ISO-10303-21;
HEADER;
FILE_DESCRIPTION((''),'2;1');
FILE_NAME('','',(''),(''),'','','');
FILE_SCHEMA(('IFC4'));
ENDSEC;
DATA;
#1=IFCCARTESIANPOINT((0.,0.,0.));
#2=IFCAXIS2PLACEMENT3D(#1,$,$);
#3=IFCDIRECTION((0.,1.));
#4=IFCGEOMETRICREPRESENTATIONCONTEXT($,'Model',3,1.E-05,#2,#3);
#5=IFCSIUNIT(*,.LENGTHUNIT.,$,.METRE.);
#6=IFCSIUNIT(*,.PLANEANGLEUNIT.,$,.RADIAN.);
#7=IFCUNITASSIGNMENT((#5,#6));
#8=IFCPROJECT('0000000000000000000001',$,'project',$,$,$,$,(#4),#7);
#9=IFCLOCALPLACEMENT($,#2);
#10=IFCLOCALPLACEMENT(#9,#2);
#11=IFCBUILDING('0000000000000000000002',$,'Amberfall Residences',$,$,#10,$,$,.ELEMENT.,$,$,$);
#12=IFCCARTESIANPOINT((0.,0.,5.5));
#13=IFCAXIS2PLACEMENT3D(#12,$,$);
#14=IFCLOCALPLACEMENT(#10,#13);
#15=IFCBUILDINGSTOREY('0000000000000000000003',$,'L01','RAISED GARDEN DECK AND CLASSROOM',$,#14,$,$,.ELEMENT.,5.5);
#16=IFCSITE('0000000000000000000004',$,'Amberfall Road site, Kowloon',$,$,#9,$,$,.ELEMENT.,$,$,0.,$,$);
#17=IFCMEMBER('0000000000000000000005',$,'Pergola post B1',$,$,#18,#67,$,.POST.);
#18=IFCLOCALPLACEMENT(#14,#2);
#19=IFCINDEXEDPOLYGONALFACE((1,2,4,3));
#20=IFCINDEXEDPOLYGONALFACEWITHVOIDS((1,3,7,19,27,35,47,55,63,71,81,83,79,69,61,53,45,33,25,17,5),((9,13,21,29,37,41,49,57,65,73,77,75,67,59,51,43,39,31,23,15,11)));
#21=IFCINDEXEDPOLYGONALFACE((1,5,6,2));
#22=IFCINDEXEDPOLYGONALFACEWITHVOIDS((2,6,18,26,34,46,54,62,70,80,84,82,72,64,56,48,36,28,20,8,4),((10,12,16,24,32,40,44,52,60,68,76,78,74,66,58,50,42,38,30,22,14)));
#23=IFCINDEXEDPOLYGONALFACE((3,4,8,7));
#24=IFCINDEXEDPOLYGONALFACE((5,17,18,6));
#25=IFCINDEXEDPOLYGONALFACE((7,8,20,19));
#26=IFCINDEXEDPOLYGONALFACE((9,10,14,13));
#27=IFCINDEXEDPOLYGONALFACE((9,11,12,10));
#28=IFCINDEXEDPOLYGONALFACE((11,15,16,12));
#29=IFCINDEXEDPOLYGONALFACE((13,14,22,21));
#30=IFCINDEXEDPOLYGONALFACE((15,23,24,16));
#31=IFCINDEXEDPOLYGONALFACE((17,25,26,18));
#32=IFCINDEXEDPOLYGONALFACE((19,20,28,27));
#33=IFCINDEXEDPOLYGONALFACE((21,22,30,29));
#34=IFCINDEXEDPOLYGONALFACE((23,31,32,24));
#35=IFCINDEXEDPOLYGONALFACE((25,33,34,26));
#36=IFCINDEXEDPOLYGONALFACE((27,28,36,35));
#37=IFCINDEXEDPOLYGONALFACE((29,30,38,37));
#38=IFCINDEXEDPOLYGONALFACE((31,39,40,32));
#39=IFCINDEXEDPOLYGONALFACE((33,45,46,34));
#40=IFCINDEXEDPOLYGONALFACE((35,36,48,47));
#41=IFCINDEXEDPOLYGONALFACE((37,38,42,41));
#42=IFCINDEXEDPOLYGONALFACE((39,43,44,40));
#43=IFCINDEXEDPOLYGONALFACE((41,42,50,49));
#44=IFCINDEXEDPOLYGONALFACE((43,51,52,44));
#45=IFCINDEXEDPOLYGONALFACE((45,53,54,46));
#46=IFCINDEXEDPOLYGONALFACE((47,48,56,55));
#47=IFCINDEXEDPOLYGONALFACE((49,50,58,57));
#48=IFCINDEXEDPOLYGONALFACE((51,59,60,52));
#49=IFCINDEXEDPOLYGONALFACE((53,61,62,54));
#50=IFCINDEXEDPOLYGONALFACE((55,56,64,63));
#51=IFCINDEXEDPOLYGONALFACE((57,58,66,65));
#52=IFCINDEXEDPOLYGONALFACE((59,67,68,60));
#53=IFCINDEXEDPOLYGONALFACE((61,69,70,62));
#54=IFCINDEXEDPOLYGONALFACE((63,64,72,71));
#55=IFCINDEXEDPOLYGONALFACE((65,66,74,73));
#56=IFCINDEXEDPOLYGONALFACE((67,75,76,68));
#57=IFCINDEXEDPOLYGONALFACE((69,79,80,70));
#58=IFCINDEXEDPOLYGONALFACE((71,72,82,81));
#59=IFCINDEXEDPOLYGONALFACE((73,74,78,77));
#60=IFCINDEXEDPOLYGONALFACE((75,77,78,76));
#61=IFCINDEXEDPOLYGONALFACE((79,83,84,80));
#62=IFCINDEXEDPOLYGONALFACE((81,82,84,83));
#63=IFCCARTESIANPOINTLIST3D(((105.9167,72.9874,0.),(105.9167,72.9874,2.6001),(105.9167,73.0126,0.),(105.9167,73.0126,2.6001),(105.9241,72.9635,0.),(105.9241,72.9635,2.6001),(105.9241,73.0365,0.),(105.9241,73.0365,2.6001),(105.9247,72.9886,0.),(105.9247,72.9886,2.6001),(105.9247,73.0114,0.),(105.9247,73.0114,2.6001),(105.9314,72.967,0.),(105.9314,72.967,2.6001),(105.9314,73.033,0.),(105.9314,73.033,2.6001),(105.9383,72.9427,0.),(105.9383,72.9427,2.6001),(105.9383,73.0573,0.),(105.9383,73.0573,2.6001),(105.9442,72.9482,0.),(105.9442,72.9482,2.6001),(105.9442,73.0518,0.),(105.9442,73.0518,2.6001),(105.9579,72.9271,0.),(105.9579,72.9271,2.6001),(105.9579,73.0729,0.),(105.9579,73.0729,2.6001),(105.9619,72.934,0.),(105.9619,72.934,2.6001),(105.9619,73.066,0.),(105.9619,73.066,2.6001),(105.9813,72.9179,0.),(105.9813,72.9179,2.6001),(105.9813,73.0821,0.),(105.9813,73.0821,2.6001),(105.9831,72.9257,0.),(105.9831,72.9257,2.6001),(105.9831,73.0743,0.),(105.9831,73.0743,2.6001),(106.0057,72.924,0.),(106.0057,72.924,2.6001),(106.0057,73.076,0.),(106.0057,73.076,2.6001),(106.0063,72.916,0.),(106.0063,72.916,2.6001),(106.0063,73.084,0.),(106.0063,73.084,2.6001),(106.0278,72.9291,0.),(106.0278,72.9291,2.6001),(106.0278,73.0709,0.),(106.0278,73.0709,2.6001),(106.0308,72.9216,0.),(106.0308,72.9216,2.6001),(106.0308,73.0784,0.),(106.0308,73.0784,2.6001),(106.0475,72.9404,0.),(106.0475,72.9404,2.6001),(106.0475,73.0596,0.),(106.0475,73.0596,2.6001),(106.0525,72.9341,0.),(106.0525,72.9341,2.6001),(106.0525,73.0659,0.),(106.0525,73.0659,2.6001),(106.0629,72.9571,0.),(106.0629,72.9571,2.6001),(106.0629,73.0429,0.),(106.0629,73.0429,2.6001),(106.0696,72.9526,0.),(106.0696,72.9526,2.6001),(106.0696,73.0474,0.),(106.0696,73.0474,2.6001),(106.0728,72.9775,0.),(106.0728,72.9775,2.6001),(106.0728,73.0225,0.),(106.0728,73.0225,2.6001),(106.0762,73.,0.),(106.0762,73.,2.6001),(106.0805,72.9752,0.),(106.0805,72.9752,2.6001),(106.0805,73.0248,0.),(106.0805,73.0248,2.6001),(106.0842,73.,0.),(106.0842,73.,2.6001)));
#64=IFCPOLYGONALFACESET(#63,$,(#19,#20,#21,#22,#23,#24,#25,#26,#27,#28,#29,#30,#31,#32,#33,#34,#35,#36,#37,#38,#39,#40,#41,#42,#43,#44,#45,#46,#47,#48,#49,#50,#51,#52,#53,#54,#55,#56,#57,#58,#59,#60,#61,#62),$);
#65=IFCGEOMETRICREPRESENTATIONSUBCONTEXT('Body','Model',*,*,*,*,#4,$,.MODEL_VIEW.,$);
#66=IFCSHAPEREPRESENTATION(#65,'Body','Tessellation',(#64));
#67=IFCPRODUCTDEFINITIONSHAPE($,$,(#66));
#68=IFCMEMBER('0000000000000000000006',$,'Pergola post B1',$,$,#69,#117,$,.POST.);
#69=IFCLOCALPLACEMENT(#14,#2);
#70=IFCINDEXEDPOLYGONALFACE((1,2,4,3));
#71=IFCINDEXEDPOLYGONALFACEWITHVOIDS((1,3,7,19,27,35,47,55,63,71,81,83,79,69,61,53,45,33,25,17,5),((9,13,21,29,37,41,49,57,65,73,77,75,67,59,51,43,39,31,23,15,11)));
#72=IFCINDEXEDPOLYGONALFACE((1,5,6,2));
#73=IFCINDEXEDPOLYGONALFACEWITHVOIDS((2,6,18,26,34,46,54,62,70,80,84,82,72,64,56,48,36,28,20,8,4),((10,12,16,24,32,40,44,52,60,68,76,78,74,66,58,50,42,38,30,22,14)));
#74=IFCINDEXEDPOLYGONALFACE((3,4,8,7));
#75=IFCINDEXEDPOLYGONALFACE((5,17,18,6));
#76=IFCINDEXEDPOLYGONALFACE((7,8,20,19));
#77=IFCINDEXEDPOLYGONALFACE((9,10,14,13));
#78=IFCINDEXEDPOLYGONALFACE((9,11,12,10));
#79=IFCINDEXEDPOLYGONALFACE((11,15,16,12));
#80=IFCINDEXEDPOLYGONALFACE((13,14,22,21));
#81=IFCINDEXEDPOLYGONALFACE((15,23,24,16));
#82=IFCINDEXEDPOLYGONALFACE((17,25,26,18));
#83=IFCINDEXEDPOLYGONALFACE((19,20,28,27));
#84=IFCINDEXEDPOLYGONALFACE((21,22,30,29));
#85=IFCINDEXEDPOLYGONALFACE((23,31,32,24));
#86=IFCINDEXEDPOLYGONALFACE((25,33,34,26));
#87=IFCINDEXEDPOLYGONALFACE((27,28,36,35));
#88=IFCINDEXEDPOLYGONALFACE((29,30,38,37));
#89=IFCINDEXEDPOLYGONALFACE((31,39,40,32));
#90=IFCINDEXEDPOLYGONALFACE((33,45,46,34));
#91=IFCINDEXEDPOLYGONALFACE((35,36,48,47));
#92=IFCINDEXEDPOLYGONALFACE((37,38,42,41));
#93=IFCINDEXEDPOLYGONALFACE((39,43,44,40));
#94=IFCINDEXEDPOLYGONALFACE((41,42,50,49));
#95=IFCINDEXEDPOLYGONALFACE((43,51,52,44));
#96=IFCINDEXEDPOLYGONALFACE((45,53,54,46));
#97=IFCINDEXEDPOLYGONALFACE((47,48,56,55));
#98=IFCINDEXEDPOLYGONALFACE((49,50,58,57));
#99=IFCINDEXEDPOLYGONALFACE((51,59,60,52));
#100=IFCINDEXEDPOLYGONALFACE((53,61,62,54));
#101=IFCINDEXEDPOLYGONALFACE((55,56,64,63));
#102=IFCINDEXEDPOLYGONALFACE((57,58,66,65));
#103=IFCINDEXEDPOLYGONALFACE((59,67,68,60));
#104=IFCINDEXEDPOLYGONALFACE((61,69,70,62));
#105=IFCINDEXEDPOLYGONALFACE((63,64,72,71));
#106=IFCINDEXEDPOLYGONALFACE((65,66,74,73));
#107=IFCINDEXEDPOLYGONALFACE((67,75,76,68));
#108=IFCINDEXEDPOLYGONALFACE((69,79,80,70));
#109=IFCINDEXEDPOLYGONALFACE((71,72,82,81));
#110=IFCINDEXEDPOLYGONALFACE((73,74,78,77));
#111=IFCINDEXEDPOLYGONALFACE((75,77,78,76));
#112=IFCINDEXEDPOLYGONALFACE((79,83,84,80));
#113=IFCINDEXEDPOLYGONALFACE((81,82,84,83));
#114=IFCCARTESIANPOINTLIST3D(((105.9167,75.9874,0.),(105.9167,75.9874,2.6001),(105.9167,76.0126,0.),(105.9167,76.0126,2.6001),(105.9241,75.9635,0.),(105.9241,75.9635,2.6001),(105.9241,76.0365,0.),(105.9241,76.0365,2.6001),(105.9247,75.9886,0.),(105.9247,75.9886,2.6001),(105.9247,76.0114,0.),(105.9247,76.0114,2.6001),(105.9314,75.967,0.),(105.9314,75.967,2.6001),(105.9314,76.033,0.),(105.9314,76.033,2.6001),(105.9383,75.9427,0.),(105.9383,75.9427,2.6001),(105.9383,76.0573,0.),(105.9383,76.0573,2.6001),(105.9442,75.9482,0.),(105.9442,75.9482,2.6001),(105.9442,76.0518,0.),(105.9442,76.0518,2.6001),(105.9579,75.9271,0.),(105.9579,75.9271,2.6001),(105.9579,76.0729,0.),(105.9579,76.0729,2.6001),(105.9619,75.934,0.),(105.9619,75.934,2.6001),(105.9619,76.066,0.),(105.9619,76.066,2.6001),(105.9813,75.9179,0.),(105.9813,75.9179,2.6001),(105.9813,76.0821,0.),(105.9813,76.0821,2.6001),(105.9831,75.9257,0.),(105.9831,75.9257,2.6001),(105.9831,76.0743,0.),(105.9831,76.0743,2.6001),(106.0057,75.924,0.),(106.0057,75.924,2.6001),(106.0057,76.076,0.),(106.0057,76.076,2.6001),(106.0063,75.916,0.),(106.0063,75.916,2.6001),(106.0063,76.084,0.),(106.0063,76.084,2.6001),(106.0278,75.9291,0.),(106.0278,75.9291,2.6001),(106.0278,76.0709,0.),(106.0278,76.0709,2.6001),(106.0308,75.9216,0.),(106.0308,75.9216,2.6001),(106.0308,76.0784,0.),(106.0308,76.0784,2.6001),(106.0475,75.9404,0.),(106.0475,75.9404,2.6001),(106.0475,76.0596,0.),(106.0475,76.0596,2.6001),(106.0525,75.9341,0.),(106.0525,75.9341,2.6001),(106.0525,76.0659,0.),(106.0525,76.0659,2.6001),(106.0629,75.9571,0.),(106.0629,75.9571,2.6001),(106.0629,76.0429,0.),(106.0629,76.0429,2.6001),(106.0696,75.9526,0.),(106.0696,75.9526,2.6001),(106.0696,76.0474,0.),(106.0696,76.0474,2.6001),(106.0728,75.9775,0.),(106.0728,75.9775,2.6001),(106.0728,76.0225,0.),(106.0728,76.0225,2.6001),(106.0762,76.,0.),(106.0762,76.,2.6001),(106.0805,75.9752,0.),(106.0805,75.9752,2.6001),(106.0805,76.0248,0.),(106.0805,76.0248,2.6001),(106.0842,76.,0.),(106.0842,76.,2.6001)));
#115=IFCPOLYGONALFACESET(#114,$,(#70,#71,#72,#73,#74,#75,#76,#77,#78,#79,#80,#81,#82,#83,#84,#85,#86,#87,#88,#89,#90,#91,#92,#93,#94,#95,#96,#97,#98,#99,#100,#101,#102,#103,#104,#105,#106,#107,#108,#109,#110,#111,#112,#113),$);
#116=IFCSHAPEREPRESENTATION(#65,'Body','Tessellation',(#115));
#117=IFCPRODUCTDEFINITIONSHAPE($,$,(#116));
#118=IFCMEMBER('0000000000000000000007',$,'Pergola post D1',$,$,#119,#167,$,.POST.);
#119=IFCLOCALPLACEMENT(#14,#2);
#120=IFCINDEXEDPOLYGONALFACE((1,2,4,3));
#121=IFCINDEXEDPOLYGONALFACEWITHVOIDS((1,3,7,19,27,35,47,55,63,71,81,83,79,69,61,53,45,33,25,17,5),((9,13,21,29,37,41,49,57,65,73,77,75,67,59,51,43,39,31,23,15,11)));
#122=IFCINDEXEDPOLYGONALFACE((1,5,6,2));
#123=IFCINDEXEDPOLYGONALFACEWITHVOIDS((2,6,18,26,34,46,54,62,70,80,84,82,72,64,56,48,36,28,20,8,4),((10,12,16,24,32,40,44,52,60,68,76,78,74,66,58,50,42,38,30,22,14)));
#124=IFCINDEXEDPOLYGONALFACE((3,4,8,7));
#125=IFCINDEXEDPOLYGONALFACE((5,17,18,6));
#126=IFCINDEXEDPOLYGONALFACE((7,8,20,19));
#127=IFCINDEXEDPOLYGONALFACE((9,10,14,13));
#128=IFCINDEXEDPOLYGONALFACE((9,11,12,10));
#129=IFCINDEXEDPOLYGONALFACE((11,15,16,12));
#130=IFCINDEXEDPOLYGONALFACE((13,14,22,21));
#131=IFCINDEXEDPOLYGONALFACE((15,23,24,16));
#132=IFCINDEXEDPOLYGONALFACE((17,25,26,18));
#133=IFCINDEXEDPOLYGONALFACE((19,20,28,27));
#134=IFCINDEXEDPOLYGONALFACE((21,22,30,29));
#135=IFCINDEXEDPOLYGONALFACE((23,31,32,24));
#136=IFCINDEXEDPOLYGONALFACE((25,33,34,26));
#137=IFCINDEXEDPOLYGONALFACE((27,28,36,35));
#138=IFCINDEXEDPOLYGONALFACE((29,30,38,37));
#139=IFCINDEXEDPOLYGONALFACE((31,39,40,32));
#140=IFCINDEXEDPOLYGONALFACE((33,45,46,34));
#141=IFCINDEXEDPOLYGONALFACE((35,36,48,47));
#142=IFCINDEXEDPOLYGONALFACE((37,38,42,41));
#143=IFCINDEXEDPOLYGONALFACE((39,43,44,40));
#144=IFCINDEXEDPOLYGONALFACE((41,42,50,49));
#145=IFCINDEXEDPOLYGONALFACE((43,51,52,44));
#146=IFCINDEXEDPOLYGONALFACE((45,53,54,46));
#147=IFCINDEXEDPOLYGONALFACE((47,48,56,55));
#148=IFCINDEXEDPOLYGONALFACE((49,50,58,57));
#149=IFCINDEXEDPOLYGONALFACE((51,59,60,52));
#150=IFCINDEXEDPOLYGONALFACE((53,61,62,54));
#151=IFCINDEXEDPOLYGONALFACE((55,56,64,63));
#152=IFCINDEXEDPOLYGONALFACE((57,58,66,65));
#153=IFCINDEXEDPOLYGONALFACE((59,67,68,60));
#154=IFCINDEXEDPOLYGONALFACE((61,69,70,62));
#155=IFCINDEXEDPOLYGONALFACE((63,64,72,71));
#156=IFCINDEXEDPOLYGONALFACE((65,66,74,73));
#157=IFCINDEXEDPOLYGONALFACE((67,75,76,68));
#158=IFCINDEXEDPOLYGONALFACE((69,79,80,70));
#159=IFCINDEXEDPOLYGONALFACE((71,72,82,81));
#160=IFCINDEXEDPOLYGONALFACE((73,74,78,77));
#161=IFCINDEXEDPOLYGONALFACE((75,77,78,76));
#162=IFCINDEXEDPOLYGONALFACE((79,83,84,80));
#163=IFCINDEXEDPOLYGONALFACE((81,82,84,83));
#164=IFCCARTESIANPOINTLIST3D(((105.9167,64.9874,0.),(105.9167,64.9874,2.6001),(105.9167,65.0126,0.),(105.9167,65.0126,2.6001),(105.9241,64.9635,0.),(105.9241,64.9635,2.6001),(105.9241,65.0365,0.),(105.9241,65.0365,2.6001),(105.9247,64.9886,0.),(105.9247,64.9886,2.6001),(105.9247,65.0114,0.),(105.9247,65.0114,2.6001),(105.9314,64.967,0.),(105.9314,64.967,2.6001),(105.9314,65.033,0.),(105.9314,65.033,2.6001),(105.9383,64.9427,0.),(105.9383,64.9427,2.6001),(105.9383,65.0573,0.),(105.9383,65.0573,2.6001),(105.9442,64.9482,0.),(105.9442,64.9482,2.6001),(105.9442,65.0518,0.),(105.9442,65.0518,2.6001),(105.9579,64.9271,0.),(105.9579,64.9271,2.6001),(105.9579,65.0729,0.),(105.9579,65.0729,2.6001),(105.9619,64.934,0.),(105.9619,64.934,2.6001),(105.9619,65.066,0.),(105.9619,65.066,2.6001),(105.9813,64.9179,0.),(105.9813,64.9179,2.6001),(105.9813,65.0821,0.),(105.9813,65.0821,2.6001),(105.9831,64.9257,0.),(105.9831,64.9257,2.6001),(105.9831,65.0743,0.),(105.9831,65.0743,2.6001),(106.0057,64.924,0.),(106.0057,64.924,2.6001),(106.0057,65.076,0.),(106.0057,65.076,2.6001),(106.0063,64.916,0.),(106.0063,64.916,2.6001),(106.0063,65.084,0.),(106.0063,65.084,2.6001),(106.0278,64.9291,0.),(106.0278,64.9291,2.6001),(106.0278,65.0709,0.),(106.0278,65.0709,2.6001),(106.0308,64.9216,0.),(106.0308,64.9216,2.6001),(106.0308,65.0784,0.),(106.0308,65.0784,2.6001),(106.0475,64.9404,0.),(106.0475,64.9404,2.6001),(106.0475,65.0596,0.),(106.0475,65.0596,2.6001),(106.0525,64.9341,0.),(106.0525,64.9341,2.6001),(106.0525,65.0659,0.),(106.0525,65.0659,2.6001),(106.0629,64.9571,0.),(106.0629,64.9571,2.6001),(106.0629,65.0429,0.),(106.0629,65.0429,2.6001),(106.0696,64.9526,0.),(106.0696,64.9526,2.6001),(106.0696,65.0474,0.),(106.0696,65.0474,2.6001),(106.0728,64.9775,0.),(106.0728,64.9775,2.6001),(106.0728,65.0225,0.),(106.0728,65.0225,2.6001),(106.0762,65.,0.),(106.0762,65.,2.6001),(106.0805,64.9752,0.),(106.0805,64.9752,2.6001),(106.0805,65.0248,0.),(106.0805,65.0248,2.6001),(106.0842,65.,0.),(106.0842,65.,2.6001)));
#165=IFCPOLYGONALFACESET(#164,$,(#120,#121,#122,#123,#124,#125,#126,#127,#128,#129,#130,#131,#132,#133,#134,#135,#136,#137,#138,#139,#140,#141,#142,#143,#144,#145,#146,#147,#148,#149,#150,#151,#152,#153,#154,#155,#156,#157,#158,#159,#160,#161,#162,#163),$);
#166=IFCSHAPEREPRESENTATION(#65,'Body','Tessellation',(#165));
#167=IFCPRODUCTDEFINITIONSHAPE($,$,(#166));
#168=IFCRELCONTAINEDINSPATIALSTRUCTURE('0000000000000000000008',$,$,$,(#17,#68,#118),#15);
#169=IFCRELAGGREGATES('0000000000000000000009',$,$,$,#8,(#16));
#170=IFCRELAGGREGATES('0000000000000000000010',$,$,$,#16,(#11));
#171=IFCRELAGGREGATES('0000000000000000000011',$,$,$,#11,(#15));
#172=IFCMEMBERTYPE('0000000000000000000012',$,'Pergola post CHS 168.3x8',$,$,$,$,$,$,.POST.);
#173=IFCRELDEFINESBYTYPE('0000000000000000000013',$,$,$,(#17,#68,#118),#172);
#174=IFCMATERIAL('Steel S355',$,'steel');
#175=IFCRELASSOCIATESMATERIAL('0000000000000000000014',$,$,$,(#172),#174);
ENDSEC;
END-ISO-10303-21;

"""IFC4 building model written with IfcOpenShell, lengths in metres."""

from ifc_helpers import new_model, si_unit, direction, frame, origin, origin_2d, place, context, subcontext, project, spatial, hollow_circle, extrude, material, material_profile, profile_set, type_object, element, save


model = new_model("IFC4")

# Units and contexts
model_context = context("Model", 3, precision=1e-05, world=origin(), true_north=direction((0.0, 1.0)))
body_context = subcontext(model_context, "Body", "Model", "MODEL_VIEW")
ifc_project = project(units=[si_unit("LENGTHUNIT", "METRE"), si_unit("PLANEANGLEUNIT", "RADIAN")], contexts=[model_context])

# Site, building, storey
site_placement = place(None, origin())
site = spatial("IfcSite", under=ifc_project, at=site_placement, Name="Amberfall Road site, Kowloon", CompositionType="ELEMENT", RefElevation=0.0)
building_placement = place(site_placement, origin())
building = spatial("IfcBuilding", under=site, at=building_placement, Name="Amberfall Residences", CompositionType="ELEMENT")
storey_placement = place(building_placement, frame((0.0, 0.0, 5.5)))
storey = spatial("IfcBuildingStorey", under=building, at=storey_placement, Name="L01", Description="RAISED GARDEN DECK AND CLASSROOM", CompositionType="ELEMENT", Elevation=5.5)

# Members
ifc_material_1 = material(Name="Steel S355", Category="steel")
ifc_material_profile_1 = material_profile(ifc_material_1, hollow_circle(Radius=0.0842, WallThickness=0.0081, at=origin_2d()), Name="CHS 168.3x8")
ifc_profile_set_1 = profile_set([ifc_material_profile_1], Name="Steel S355")
member_type_1 = type_object("IfcMemberType", Name="Pergola post CHS 168.3x8", PredefinedType="POST", material=ifc_profile_set_1)
for number, where, z_axis, x_axis, name in (
    (1, (106.0, 73.0, 0.0), (0.0, 0.0, 1.0), (1.0, 0.0, 0.0), "Pergola post B1"),
    (2, (106.0, 76.0, 0.0), (0.0, 0.0, 1.0), (1.0, 0.0, 0.0), "Pergola post B1"),
    (3, (106.0, 65.0, 0.0), (0.0, 0.0, 1.0), (1.0, 0.0, 0.0), "Pergola post D1"),
):
    element("IfcMember", number, at=place(storey_placement, frame(where, z_axis=z_axis, x_axis=x_axis)), inside=storey, type_object=member_type_1, Name=name, PredefinedType="POST", context=body_context, shape_type="SweptSolid", body=[
        extrude(hollow_circle(Radius=0.0842, WallThickness=0.0081, at=origin_2d()), origin(), (0.0, 0.0, 1.0), 2.6001),
    ])

save(model, "model.ifc")
